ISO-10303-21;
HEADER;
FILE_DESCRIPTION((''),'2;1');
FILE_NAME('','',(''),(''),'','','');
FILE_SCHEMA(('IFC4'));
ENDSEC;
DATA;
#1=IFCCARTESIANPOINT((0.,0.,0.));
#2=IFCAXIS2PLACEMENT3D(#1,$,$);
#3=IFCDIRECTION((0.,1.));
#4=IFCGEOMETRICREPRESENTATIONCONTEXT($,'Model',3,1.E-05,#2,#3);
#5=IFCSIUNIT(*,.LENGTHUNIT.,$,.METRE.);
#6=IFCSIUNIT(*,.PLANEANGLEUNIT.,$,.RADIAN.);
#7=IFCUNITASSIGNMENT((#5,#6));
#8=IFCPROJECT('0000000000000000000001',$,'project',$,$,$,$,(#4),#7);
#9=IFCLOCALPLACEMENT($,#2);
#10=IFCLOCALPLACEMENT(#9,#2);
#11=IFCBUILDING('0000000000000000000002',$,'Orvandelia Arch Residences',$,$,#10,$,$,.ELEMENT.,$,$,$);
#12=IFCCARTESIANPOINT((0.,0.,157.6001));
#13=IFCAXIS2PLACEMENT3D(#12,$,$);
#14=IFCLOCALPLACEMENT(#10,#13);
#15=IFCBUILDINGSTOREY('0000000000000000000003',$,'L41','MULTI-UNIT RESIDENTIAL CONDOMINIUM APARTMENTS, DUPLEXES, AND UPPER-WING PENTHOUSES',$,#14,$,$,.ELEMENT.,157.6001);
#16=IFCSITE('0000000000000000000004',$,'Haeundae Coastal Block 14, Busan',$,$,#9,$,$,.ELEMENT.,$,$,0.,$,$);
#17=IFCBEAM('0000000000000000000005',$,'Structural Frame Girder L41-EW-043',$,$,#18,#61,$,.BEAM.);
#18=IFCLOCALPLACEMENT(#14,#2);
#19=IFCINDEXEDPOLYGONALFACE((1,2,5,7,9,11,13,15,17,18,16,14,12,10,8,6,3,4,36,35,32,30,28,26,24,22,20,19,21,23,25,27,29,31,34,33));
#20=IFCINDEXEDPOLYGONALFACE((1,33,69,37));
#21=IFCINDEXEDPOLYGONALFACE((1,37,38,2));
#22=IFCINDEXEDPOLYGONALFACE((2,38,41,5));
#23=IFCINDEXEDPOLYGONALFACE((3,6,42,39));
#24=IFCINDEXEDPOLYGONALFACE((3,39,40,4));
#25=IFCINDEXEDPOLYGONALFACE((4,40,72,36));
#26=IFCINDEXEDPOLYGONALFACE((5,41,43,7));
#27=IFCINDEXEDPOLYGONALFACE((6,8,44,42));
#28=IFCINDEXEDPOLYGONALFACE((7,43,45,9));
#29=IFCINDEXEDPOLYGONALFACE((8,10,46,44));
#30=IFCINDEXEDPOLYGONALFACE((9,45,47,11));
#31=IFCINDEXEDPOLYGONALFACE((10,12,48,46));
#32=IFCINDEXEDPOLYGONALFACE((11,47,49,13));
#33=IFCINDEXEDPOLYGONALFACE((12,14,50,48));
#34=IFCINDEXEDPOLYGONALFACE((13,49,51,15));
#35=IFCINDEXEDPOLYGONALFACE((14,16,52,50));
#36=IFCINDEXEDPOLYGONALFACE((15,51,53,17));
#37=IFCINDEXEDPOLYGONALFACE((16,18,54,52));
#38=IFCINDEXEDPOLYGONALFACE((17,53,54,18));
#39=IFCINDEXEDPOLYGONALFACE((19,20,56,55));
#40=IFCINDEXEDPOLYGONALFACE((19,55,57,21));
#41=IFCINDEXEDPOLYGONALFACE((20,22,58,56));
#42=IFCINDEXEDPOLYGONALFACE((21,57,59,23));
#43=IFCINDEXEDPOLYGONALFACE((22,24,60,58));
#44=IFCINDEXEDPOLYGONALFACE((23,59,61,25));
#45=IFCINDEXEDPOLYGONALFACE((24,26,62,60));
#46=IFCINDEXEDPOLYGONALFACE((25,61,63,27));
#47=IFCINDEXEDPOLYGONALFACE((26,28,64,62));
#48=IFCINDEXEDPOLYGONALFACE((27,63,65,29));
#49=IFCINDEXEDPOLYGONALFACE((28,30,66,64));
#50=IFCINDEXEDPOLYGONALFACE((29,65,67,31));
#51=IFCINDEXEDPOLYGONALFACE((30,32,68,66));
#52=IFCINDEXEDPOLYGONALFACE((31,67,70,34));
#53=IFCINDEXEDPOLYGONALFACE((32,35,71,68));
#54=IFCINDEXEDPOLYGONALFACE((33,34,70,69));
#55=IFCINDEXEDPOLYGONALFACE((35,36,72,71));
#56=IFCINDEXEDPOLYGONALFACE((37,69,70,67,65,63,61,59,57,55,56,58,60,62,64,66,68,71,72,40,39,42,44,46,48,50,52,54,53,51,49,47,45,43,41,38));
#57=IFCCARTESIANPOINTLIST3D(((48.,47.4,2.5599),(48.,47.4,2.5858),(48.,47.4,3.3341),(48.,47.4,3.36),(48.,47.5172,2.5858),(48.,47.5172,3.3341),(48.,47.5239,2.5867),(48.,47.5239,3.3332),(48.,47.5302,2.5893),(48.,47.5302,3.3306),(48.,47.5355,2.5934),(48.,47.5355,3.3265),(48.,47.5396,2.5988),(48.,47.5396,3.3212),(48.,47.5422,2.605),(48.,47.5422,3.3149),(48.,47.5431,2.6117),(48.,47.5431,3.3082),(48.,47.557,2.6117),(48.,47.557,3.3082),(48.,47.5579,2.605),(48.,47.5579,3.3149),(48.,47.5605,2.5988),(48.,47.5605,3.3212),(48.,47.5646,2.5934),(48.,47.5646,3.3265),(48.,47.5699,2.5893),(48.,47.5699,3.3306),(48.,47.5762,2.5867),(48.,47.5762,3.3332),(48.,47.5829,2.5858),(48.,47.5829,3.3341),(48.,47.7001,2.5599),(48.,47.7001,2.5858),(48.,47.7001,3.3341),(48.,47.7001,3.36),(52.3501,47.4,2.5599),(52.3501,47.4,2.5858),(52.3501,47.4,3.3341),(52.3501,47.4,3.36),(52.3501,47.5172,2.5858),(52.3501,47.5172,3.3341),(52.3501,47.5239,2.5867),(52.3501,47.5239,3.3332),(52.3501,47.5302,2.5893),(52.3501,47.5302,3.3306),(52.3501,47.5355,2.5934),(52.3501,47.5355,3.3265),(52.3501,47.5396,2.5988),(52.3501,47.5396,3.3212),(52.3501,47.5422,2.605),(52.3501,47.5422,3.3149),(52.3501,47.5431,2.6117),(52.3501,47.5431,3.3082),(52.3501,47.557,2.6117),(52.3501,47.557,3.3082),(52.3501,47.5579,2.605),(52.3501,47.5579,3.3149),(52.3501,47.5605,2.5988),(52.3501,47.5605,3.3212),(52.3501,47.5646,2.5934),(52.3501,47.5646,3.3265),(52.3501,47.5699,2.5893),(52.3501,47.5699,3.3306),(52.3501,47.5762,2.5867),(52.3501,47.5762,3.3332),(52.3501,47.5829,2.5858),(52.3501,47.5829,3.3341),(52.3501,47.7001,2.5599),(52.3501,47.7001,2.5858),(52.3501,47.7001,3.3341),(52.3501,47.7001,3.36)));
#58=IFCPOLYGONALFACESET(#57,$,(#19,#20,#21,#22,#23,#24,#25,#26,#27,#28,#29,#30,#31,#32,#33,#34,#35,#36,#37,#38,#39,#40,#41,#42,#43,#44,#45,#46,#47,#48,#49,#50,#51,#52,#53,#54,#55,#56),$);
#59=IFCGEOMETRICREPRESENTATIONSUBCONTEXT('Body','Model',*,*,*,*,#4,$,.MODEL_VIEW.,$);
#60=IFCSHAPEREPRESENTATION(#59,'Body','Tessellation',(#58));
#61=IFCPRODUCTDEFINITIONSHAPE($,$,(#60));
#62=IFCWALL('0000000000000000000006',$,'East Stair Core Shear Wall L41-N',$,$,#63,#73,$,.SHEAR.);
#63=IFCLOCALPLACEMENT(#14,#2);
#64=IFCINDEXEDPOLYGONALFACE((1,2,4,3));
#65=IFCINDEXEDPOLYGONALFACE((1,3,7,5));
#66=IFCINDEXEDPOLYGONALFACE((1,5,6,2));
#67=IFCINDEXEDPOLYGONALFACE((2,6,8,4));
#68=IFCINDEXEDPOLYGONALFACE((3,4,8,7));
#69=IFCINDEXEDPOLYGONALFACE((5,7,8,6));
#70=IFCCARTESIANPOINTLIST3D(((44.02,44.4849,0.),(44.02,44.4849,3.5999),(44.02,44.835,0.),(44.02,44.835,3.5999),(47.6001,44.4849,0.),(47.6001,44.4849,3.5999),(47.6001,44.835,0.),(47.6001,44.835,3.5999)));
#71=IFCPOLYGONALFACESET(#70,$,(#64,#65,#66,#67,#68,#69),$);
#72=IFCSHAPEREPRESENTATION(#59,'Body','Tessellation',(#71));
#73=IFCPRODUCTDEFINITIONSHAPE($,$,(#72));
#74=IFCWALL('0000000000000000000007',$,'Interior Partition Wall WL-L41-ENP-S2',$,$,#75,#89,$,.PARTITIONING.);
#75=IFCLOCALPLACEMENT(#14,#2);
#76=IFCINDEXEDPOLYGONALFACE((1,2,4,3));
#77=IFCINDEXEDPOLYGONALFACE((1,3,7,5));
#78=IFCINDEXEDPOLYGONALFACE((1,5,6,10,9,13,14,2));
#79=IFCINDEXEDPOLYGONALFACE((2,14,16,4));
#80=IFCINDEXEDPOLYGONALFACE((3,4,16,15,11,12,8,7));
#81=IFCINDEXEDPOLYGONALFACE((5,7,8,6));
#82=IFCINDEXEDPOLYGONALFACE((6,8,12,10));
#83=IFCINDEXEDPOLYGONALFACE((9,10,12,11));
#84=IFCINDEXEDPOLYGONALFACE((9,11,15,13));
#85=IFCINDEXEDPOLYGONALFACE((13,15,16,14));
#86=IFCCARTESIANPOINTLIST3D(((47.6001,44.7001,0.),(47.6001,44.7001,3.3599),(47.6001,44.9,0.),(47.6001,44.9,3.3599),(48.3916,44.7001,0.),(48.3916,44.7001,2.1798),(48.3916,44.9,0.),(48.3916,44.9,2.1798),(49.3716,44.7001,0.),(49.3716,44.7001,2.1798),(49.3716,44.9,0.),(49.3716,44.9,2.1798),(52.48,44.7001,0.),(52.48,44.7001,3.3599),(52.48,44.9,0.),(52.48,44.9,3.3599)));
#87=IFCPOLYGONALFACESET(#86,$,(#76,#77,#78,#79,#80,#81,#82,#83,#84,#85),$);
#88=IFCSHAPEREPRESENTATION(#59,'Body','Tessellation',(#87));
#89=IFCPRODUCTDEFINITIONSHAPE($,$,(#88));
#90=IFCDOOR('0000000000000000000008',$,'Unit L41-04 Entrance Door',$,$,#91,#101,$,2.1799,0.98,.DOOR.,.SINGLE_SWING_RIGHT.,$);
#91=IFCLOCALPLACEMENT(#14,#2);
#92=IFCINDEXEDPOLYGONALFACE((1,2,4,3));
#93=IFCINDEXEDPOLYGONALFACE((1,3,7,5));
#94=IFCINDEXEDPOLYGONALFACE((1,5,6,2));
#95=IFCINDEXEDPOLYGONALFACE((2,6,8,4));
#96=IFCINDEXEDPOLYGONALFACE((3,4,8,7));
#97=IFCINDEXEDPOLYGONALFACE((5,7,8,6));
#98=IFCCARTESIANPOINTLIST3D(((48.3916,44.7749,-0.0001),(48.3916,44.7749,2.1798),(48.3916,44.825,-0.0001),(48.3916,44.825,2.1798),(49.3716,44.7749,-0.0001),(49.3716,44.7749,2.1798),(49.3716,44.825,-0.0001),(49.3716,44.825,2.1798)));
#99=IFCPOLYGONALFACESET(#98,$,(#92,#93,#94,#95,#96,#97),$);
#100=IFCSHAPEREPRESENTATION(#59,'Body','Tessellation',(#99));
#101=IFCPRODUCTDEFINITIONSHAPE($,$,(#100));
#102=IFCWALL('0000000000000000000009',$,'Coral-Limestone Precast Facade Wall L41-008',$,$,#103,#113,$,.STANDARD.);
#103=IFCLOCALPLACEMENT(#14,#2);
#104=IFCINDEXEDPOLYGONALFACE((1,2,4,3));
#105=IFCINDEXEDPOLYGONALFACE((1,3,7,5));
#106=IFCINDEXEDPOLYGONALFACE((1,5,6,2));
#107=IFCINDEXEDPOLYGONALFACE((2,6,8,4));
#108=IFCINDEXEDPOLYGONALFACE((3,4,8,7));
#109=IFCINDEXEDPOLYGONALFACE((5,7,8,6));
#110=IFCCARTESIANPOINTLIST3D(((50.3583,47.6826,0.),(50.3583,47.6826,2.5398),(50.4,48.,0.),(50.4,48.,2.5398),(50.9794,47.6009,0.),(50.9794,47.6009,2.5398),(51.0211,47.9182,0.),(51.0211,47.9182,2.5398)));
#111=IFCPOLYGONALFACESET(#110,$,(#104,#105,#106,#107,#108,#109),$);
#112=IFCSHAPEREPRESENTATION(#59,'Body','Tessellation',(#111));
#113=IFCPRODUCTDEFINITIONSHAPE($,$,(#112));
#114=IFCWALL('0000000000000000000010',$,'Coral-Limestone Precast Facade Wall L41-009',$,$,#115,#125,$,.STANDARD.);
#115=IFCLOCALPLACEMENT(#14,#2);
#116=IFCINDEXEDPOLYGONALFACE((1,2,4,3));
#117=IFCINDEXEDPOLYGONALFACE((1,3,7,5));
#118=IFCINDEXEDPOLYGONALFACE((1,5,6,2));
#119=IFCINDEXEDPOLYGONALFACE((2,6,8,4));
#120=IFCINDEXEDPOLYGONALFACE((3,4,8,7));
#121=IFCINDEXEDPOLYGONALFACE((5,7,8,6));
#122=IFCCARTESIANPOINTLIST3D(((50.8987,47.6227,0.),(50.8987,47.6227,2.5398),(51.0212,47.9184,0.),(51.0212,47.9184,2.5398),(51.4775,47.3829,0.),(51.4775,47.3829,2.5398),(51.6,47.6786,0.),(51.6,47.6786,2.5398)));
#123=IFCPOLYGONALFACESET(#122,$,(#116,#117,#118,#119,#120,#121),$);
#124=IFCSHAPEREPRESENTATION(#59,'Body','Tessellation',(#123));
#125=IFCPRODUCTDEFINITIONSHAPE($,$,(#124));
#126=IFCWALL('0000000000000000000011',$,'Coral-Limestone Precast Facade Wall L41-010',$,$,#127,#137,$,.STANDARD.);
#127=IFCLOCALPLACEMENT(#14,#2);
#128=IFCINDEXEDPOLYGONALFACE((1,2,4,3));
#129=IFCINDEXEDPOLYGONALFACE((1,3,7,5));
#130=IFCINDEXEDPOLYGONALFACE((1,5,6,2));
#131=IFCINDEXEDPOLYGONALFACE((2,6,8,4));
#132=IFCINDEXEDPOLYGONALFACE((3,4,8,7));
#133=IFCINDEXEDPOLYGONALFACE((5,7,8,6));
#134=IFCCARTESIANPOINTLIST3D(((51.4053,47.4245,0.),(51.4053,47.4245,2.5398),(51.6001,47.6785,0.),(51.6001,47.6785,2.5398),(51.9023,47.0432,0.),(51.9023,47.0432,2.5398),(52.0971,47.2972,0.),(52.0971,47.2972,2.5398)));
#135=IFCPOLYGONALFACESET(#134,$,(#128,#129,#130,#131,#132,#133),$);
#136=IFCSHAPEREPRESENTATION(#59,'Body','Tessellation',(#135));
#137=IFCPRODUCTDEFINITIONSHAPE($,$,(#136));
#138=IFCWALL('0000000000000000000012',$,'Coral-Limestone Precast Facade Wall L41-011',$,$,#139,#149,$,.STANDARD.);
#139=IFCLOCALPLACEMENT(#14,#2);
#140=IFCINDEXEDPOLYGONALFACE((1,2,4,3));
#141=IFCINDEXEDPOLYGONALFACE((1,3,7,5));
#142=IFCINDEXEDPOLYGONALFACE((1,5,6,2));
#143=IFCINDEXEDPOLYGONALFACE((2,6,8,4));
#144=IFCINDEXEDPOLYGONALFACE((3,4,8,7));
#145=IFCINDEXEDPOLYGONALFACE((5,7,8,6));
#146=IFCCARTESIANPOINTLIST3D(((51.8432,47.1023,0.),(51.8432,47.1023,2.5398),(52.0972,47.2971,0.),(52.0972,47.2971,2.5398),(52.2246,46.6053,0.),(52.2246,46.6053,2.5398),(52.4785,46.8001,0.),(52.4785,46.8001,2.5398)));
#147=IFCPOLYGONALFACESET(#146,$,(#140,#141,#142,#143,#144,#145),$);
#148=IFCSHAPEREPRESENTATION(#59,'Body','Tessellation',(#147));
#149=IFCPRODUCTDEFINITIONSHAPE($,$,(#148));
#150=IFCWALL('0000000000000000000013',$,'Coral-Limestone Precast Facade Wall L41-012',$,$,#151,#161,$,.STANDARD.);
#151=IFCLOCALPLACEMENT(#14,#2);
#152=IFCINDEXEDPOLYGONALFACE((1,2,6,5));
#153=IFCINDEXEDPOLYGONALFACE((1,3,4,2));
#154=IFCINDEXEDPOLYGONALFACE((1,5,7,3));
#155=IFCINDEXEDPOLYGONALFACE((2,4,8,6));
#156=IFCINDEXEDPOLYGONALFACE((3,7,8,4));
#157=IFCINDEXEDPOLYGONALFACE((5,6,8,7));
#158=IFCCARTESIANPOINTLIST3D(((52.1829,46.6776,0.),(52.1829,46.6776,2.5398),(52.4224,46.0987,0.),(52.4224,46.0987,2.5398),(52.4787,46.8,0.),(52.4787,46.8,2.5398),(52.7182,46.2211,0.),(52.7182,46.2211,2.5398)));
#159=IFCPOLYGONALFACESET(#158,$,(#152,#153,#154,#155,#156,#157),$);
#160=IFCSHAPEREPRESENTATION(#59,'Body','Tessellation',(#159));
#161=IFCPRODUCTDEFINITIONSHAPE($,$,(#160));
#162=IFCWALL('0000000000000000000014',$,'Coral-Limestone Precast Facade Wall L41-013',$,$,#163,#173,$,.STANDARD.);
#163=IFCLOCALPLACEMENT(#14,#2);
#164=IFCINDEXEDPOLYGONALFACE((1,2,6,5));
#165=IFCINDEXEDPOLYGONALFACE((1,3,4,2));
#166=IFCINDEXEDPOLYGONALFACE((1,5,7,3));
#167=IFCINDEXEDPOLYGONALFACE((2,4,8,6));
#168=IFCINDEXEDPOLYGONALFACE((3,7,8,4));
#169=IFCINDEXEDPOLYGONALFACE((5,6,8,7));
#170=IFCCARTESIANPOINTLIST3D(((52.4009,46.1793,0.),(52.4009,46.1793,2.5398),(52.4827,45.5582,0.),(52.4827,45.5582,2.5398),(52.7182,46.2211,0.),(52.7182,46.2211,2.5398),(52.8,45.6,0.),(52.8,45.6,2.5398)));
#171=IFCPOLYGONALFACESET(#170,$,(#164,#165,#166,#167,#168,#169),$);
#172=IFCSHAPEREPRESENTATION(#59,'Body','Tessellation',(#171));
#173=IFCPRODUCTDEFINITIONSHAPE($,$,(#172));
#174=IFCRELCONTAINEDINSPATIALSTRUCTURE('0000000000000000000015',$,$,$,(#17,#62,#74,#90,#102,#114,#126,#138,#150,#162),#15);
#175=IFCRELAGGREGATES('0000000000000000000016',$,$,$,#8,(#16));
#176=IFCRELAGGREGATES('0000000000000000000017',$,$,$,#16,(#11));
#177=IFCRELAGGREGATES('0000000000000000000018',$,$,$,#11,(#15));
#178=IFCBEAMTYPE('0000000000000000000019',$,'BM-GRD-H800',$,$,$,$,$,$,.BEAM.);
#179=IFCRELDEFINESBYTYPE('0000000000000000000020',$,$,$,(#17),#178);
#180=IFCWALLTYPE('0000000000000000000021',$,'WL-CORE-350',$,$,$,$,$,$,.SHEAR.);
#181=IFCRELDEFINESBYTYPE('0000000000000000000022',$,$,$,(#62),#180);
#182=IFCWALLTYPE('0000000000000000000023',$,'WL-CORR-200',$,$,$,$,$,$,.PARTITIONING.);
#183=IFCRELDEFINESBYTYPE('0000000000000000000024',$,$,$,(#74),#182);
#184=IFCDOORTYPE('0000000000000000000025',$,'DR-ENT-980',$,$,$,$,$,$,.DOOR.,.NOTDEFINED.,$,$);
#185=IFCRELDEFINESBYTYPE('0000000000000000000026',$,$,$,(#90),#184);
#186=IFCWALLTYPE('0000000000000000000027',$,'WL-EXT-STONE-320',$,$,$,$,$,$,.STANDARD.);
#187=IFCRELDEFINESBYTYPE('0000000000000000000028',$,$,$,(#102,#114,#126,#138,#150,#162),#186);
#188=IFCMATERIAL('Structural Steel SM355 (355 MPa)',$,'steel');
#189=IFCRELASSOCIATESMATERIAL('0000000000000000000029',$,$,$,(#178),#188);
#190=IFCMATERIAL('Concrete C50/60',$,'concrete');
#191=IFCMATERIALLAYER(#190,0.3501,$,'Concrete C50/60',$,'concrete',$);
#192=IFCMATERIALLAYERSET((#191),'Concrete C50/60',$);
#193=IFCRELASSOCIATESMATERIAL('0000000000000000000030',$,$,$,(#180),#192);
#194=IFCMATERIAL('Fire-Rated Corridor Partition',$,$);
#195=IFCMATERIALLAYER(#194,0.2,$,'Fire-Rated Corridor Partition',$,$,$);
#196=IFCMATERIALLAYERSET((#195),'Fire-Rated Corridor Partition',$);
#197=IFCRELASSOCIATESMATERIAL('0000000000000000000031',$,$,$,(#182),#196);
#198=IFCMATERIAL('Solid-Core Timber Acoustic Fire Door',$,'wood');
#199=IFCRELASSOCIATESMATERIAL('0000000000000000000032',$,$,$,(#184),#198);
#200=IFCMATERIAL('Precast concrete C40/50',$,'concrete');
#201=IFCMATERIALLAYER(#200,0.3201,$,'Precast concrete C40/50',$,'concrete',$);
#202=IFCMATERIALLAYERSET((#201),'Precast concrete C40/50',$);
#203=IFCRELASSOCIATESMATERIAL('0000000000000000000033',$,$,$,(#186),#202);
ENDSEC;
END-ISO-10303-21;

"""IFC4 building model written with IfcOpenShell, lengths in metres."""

from ifc_helpers import new_model, si_unit, direction, frame, frame_2d, origin, origin_2d, place, context, subcontext, project, spatial, rectangle, i_section, extrude, material, layer, layer_set, material_profile, profile_set, type_object, element, fill, save


model = new_model("IFC4")

# Units and contexts
model_context = context("Model", 3, precision=1e-05, world=origin(), true_north=direction((0.0, 1.0)))
body_context = subcontext(model_context, "Body", "Model", "MODEL_VIEW")
ifc_project = project(units=[si_unit("LENGTHUNIT", "METRE"), si_unit("PLANEANGLEUNIT", "RADIAN")], contexts=[model_context])

# Site, building, storey
site_placement = place(None, origin())
site = spatial("IfcSite", under=ifc_project, at=site_placement, Name="Haeundae Coastal Block 14, Busan", CompositionType="ELEMENT", RefElevation=0.0)
building_placement = place(site_placement, origin())
building = spatial("IfcBuilding", under=site, at=building_placement, Name="Orvandelia Arch Residences", CompositionType="ELEMENT")
storey_placement = place(building_placement, frame((0.0, 0.0, 157.6001)))
storey = spatial("IfcBuildingStorey", under=building, at=storey_placement, Name="L41", Description="MULTI-UNIT RESIDENTIAL CONDOMINIUM APARTMENTS, DUPLEXES, AND UPPER-WING PENTHOUSES", CompositionType="ELEMENT", Elevation=157.6001)

# Beam
ifc_material_1 = material(Name="Structural Steel SM355 (355 MPa)", Category="steel")
ifc_material_profile_1 = material_profile(ifc_material_1, i_section(OverallWidth=0.3, OverallDepth=0.8, WebThickness=0.0139, FlangeThickness=0.0259, FilletRadius=0.0259, at=origin_2d()), Name="Structural Steel SM355 (355 MPa)", Category="steel")
ifc_profile_set_1 = profile_set([ifc_material_profile_1], Name="Structural Steel SM355 (355 MPa)")
beam_type = type_object("IfcBeamType", Name="BM-GRD-H800", PredefinedType="BEAM", material=ifc_profile_set_1)
beam_1_placement = place(storey_placement, frame((48.0, 47.55, 2.96), z_axis=(1.0, 0.0, 0.0), x_axis=(0.0, 1.0, 0.0)))
element("IfcBeam", 1, at=beam_1_placement, inside=storey, type_object=beam_type, Name="Structural Frame Girder L41-EW-043", PredefinedType="BEAM", context=body_context, shape_type="SweptSolid", body=[
    extrude(i_section(OverallWidth=0.3, OverallDepth=0.8, WebThickness=0.0139, FlangeThickness=0.0259, FilletRadius=0.0259, at=origin_2d()), origin(), (0.0, 0.0, 1.0), 4.3501),
])

# Wall
ifc_material_2 = material(Name="Concrete C50/60", Category="concrete")
ifc_layer_1 = layer(ifc_material_2, 0.3501, Name="Concrete C50/60", Category="concrete")
ifc_layer_set_1 = layer_set([ifc_layer_1], Name="Concrete C50/60")
wall_type_1 = type_object("IfcWallType", Name="WL-CORE-350", PredefinedType="SHEAR", material=ifc_layer_set_1)
wall_1_placement = place(storey_placement, frame((44.02, 44.6599, 0.0), z_axis=(0.0, 0.0, 1.0), x_axis=(1.0, 0.0, 0.0)))
element("IfcWall", 2, at=wall_1_placement, inside=storey, type_object=wall_type_1, Name="East Stair Core Shear Wall L41-N", PredefinedType="SHEAR", context=body_context, shape_type="SweptSolid", body=[
    extrude(rectangle(XDim=3.5801, YDim=0.3501, at=frame_2d((1.79, 0.0))), origin(), (0.0, 0.0, 1.0), 3.5999),
])

# Wall, opening, door
ifc_material_3 = material(Name="Fire-Rated Corridor Partition")
ifc_layer_2 = layer(ifc_material_3, 0.2, Name="Fire-Rated Corridor Partition")
ifc_layer_set_2 = layer_set([ifc_layer_2], Name="Fire-Rated Corridor Partition")
wall_type_2 = type_object("IfcWallType", Name="WL-CORR-200", PredefinedType="PARTITIONING", material=ifc_layer_set_2)
wall_2_placement = place(storey_placement, frame((47.6001, 44.8, 0.0), z_axis=(0.0, 0.0, 1.0), x_axis=(1.0, 0.0, 0.0)))
wall_2 = element("IfcWall", 3, at=wall_2_placement, inside=storey, type_object=wall_type_2, Name="Interior Partition Wall WL-L41-ENP-S2", PredefinedType="PARTITIONING", context=body_context, shape_type="SweptSolid", body=[
    extrude(rectangle(XDim=4.8799, YDim=0.2, at=frame_2d((2.4399, 0.0))), origin(), (0.0, 0.0, 1.0), 3.3599),
])
opening_1_placement = place(wall_2_placement, frame((0.7915, 0.0, 0.0)))
opening_1 = element("IfcOpeningElement", 4, at=opening_1_placement, cuts=wall_2, PredefinedType="OPENING", context=body_context, shape_type="SweptSolid", body=[
    extrude(rectangle(XDim=0.98, YDim=2.1799, at=frame_2d((0.49, 1.0898))), frame((0.0, 0.1099, 0.0), z_axis=(0.0, -1.0, 0.0), x_axis=(1.0, 0.0, 0.0)), (0.0, 0.0, 1.0), 0.22),
])
ifc_material_4 = material(Name="Solid-Core Timber Acoustic Fire Door", Category="wood")
door_type_1 = type_object("IfcDoorType", Name="DR-ENT-980", OperationType="NOTDEFINED", PredefinedType="DOOR", material=ifc_material_4)
door_1_placement = place(opening_1_placement, origin())
door_1 = element("IfcDoor", 5, at=door_1_placement, inside=storey, type_object=door_type_1, Name="Unit L41-04 Entrance Door", OperationType="SINGLE_SWING_RIGHT", OverallHeight=2.1799, OverallWidth=0.98, PredefinedType="DOOR", context=body_context, shape_type="SweptSolid", body=[
    extrude(rectangle(XDim=0.98, YDim=2.1799, at=frame_2d((0.49, 1.0898))), frame((0.0, 0.0249, 0.0), z_axis=(0.0, -1.0, 0.0), x_axis=(1.0, 0.0, 0.0)), (0.0, 0.0, 1.0), 0.05),
])
fill(opening_1, door_1)

# Walls
ifc_material_5 = material(Name="Precast concrete C40/50", Category="concrete")
ifc_layer_3 = layer(ifc_material_5, 0.3201, Name="Precast concrete C40/50", Category="concrete")
ifc_layer_set_3 = layer_set([ifc_layer_3], Name="Precast concrete C40/50")
wall_type_3 = type_object("IfcWallType", Name="WL-EXT-STONE-320", PredefinedType="STANDARD", material=ifc_layer_set_3)
for number, where, z_axis, x_axis, name in (
    (6, (50.3792, 47.8413, 0.0), (0.0, 0.0, 1.0), (0.991441, -0.130555, 0.0), "Coral-Limestone Precast Facade Wall L41-008"),
    (7, (50.96, 47.7705, 0.0), (0.0, 0.0, 1.0), (0.923893, -0.38265, 0.0), "Coral-Limestone Precast Facade Wall L41-009"),
    (8, (51.5027, 47.5515, 0.0), (0.0, 0.0, 1.0), (0.793406, -0.608693, 0.0), "Coral-Limestone Precast Facade Wall L41-010"),
    (9, (51.9702, 47.1997, 0.0), (0.0, 0.0, 1.0), (0.608693, -0.793406, 0.0), "Coral-Limestone Precast Facade Wall L41-011"),
    (10, (52.3308, 46.7388, 0.0), (0.0, 0.0, 1.0), (0.382317, -0.924031, 0.0), "Coral-Limestone Precast Facade Wall L41-012"),
    (11, (52.5596, 46.2002, 0.0), (0.0, 0.0, 1.0), (0.130555, -0.991441, 0.0), "Coral-Limestone Precast Facade Wall L41-013"),
):
    element("IfcWall", number, at=place(storey_placement, frame(where, z_axis=z_axis, x_axis=x_axis)), inside=storey, type_object=wall_type_3, Name=name, PredefinedType="STANDARD", context=body_context, shape_type="SweptSolid", body=[
        extrude(rectangle(XDim=0.6265, YDim=0.3201, at=frame_2d((0.3132, 0.0))), origin(), (0.0, 0.0, 1.0), 2.5398),
    ])

save(model, "model.ifc")
